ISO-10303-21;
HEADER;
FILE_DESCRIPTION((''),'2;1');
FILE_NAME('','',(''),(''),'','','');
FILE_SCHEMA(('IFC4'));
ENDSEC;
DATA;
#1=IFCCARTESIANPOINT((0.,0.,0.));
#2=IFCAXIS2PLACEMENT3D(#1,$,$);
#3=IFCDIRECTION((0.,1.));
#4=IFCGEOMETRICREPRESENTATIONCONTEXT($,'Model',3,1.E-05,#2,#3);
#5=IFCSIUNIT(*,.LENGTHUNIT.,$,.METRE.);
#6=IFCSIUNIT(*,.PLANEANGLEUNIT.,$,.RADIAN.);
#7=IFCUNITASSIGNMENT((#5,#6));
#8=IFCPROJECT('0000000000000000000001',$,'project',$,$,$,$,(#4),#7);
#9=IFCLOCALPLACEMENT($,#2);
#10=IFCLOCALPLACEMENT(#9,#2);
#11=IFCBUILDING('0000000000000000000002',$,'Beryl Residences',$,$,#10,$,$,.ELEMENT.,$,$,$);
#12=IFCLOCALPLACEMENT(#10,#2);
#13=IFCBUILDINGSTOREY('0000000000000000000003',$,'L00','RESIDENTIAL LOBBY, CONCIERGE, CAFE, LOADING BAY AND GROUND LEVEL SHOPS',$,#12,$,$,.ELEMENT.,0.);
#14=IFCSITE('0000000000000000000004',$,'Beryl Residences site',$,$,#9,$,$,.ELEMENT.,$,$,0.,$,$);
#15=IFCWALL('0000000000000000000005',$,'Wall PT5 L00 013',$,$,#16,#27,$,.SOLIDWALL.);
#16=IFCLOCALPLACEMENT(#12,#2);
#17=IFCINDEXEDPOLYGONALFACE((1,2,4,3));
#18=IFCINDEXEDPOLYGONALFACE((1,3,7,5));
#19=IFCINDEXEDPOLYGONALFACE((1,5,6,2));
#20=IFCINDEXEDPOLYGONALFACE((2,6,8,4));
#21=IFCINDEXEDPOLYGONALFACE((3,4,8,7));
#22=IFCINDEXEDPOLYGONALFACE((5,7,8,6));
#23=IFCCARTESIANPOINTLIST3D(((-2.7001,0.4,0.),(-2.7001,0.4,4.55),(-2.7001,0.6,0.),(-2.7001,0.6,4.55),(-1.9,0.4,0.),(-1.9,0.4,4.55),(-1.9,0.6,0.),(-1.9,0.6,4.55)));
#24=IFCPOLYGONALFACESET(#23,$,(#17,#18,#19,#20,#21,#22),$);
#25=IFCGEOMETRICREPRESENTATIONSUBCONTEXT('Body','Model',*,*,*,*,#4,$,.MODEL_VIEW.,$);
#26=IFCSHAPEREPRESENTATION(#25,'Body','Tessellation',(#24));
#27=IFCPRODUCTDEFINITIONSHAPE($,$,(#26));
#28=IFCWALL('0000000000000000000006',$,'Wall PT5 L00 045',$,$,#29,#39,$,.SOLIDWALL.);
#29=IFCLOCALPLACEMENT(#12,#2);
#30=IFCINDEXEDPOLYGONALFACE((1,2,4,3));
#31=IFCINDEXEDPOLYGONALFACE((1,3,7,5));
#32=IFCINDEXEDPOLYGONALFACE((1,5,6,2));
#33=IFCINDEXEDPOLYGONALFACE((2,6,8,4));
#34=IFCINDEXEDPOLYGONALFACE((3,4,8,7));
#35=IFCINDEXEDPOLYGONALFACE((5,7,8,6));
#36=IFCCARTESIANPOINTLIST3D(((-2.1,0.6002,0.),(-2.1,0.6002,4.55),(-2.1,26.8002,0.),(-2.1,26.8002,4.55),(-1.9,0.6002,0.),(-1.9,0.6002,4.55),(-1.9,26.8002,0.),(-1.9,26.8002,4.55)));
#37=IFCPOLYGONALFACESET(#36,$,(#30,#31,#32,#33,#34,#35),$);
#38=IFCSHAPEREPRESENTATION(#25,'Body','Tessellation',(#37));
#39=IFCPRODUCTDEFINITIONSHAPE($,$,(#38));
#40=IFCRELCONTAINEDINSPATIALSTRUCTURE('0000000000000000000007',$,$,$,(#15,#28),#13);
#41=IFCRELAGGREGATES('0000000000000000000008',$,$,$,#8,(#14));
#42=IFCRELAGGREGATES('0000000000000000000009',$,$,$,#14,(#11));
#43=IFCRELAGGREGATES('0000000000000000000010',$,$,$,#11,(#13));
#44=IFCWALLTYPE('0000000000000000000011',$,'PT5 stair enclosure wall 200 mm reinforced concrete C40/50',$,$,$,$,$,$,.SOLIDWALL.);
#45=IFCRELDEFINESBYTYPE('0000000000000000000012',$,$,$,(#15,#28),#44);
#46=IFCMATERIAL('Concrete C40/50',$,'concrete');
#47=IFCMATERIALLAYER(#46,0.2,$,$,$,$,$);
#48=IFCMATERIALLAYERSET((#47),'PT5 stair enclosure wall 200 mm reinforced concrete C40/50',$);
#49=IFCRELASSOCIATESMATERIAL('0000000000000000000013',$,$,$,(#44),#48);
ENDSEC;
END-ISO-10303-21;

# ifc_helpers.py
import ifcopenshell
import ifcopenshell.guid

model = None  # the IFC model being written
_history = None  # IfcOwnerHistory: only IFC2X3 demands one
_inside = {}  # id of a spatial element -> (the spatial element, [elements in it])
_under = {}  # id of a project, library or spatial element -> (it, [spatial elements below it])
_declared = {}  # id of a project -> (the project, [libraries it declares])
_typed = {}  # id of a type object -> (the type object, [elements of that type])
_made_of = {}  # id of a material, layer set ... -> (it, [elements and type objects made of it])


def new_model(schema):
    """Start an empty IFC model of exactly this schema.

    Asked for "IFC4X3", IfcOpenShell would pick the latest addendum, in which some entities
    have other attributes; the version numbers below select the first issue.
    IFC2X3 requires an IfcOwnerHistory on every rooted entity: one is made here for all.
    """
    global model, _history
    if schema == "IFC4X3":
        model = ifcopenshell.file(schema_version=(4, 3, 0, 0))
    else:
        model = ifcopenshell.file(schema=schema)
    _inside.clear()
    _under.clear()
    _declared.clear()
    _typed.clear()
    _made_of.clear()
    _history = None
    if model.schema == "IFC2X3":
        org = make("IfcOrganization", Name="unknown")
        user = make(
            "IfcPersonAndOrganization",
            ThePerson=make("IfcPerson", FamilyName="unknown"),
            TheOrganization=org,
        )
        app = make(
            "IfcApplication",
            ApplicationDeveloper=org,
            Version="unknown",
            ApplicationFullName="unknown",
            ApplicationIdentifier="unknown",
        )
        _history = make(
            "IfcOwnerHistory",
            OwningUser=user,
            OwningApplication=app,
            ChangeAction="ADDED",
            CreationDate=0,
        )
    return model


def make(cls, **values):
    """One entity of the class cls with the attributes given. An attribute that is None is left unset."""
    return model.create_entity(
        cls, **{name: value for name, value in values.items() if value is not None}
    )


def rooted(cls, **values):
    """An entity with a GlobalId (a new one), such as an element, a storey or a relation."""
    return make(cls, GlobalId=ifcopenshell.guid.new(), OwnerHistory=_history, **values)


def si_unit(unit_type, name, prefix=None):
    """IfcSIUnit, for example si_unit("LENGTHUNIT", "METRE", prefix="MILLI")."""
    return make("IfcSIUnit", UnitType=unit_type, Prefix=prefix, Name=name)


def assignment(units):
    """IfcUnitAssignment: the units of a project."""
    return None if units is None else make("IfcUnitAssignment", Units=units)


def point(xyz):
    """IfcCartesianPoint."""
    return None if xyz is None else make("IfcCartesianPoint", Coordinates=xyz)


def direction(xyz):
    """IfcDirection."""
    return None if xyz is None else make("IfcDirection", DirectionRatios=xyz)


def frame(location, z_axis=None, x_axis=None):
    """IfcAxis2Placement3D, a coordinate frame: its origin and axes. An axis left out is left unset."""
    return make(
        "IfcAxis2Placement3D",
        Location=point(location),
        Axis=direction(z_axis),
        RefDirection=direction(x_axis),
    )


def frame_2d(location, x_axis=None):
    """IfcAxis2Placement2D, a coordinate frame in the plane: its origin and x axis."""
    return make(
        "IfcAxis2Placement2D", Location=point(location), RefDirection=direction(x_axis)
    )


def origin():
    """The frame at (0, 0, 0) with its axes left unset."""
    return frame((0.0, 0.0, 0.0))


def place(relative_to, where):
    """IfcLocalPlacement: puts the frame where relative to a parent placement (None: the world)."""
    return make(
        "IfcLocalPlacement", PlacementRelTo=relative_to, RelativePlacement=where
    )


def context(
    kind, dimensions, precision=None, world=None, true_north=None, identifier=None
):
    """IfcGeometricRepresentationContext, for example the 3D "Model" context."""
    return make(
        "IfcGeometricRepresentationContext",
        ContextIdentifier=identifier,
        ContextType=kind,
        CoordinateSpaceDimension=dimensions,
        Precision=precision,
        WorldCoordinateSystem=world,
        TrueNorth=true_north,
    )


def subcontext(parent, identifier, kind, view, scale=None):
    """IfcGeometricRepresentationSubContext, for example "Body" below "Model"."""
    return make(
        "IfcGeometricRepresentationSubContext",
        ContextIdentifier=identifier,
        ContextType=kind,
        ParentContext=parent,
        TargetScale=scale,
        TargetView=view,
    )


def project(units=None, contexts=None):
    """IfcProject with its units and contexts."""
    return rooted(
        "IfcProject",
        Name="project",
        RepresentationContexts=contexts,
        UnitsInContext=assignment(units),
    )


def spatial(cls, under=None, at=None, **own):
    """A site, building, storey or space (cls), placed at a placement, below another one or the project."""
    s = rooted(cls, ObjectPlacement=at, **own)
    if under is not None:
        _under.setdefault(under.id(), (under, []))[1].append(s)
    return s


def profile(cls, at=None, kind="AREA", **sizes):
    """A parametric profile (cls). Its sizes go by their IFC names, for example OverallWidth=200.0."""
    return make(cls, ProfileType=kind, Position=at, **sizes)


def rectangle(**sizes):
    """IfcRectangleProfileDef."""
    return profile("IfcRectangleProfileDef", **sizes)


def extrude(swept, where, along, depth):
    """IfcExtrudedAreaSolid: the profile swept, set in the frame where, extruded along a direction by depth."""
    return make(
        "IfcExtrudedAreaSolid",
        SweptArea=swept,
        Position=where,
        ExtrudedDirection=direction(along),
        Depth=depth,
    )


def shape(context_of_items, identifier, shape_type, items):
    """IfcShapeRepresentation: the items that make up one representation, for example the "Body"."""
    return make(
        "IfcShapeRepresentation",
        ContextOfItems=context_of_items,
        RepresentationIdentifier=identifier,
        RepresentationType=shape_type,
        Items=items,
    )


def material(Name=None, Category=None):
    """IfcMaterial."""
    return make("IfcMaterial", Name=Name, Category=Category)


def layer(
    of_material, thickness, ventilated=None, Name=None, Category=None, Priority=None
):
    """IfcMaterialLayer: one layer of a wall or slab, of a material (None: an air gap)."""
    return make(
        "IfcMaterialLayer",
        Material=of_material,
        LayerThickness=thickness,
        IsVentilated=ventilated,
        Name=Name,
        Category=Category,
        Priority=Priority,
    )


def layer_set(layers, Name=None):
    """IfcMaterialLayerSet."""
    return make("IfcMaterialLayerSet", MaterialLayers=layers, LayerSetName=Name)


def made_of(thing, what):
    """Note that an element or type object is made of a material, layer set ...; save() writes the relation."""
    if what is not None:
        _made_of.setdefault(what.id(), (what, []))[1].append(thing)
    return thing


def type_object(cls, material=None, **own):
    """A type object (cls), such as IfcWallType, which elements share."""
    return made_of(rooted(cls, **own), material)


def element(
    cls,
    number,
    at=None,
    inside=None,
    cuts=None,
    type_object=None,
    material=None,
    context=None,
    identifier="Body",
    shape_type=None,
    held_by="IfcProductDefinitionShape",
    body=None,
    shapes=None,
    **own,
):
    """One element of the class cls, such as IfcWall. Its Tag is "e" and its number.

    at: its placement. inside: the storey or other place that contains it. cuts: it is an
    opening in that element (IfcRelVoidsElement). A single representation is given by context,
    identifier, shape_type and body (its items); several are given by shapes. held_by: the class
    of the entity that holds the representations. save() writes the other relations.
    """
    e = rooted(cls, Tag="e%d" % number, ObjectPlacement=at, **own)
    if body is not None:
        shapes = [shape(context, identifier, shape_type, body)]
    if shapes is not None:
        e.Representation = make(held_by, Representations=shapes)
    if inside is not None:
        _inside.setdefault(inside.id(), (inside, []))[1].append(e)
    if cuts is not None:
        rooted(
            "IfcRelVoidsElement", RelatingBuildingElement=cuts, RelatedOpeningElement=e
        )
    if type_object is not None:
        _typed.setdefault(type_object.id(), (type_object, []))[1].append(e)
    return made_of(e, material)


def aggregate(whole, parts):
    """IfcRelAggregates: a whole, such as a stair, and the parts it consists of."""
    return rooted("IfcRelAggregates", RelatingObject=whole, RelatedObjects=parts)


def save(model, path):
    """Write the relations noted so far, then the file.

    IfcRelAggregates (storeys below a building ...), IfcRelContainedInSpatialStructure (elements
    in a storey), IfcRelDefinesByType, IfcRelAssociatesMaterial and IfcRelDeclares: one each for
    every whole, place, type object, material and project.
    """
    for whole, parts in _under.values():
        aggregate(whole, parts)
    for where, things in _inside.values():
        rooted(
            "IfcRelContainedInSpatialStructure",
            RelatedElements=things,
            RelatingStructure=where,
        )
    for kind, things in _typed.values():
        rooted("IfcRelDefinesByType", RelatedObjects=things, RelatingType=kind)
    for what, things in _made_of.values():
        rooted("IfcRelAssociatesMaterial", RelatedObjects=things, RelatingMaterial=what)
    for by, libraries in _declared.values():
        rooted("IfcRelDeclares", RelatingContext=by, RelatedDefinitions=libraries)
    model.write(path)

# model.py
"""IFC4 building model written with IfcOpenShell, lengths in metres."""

from ifc_helpers import new_model, si_unit, direction, frame, frame_2d, origin, place, context, subcontext, project, spatial, rectangle, extrude, material, layer, layer_set, type_object, element, save


model = new_model("IFC4")

# Units and contexts
model_context = context("Model", 3, precision=1e-05, world=origin(), true_north=direction((0.0, 1.0)))
body_context = subcontext(model_context, "Body", "Model", "MODEL_VIEW")
ifc_project = project(units=[si_unit("LENGTHUNIT", "METRE"), si_unit("PLANEANGLEUNIT", "RADIAN")], contexts=[model_context])

# Site, building, storey
site_placement = place(None, origin())
site = spatial("IfcSite", under=ifc_project, at=site_placement, Name="Beryl Residences site", CompositionType="ELEMENT", RefElevation=0.0)
building_placement = place(site_placement, origin())
building = spatial("IfcBuilding", under=site, at=building_placement, Name="Beryl Residences", CompositionType="ELEMENT")
storey_placement = place(building_placement, origin())
storey = spatial("IfcBuildingStorey", under=building, at=storey_placement, Name="L00", Description="RESIDENTIAL LOBBY, CONCIERGE, CAFE, LOADING BAY AND GROUND LEVEL SHOPS", CompositionType="ELEMENT", Elevation=0.0)

# Walls
ifc_material_1 = material(Name="Concrete C40/50", Category="concrete")
ifc_layer_1 = layer(ifc_material_1, 0.2)
ifc_layer_set_1 = layer_set([ifc_layer_1], Name="PT5 stair enclosure wall 200 mm reinforced concrete C40/50")
wall_type_1 = type_object("IfcWallType", Name="PT5 stair enclosure wall 200 mm reinforced concrete C40/50", PredefinedType="SOLIDWALL", material=ifc_layer_set_1)
wall_1_placement = place(storey_placement, frame((-2.7, 0.5, 0.0), z_axis=(0.0, 0.0, 1.0), x_axis=(1.0, 0.0, 0.0)))
element("IfcWall", 1, at=wall_1_placement, inside=storey, type_object=wall_type_1, Name="Wall PT5 L00 013", PredefinedType="SOLIDWALL", context=body_context, shape_type="SweptSolid", body=[
    extrude(rectangle(XDim=0.8, YDim=0.2, at=frame_2d((0.3999, 0.0))), origin(), (0.0, 0.0, 1.0), 4.55),
])
wall_2_placement = place(storey_placement, frame((-2.0, 0.6001, 0.0), z_axis=(0.0, 0.0, 1.0), x_axis=(0.0, 1.0, 0.0)))
element("IfcWall", 2, at=wall_2_placement, inside=storey, type_object=wall_type_1, Name="Wall PT5 L00 045", PredefinedType="SOLIDWALL", context=body_context, shape_type="SweptSolid", body=[
    extrude(rectangle(XDim=26.2, YDim=0.2, at=frame_2d((13.1001, 0.0))), origin(), (0.0, 0.0, 1.0), 4.55),
])

save(model, "model.ifc")
